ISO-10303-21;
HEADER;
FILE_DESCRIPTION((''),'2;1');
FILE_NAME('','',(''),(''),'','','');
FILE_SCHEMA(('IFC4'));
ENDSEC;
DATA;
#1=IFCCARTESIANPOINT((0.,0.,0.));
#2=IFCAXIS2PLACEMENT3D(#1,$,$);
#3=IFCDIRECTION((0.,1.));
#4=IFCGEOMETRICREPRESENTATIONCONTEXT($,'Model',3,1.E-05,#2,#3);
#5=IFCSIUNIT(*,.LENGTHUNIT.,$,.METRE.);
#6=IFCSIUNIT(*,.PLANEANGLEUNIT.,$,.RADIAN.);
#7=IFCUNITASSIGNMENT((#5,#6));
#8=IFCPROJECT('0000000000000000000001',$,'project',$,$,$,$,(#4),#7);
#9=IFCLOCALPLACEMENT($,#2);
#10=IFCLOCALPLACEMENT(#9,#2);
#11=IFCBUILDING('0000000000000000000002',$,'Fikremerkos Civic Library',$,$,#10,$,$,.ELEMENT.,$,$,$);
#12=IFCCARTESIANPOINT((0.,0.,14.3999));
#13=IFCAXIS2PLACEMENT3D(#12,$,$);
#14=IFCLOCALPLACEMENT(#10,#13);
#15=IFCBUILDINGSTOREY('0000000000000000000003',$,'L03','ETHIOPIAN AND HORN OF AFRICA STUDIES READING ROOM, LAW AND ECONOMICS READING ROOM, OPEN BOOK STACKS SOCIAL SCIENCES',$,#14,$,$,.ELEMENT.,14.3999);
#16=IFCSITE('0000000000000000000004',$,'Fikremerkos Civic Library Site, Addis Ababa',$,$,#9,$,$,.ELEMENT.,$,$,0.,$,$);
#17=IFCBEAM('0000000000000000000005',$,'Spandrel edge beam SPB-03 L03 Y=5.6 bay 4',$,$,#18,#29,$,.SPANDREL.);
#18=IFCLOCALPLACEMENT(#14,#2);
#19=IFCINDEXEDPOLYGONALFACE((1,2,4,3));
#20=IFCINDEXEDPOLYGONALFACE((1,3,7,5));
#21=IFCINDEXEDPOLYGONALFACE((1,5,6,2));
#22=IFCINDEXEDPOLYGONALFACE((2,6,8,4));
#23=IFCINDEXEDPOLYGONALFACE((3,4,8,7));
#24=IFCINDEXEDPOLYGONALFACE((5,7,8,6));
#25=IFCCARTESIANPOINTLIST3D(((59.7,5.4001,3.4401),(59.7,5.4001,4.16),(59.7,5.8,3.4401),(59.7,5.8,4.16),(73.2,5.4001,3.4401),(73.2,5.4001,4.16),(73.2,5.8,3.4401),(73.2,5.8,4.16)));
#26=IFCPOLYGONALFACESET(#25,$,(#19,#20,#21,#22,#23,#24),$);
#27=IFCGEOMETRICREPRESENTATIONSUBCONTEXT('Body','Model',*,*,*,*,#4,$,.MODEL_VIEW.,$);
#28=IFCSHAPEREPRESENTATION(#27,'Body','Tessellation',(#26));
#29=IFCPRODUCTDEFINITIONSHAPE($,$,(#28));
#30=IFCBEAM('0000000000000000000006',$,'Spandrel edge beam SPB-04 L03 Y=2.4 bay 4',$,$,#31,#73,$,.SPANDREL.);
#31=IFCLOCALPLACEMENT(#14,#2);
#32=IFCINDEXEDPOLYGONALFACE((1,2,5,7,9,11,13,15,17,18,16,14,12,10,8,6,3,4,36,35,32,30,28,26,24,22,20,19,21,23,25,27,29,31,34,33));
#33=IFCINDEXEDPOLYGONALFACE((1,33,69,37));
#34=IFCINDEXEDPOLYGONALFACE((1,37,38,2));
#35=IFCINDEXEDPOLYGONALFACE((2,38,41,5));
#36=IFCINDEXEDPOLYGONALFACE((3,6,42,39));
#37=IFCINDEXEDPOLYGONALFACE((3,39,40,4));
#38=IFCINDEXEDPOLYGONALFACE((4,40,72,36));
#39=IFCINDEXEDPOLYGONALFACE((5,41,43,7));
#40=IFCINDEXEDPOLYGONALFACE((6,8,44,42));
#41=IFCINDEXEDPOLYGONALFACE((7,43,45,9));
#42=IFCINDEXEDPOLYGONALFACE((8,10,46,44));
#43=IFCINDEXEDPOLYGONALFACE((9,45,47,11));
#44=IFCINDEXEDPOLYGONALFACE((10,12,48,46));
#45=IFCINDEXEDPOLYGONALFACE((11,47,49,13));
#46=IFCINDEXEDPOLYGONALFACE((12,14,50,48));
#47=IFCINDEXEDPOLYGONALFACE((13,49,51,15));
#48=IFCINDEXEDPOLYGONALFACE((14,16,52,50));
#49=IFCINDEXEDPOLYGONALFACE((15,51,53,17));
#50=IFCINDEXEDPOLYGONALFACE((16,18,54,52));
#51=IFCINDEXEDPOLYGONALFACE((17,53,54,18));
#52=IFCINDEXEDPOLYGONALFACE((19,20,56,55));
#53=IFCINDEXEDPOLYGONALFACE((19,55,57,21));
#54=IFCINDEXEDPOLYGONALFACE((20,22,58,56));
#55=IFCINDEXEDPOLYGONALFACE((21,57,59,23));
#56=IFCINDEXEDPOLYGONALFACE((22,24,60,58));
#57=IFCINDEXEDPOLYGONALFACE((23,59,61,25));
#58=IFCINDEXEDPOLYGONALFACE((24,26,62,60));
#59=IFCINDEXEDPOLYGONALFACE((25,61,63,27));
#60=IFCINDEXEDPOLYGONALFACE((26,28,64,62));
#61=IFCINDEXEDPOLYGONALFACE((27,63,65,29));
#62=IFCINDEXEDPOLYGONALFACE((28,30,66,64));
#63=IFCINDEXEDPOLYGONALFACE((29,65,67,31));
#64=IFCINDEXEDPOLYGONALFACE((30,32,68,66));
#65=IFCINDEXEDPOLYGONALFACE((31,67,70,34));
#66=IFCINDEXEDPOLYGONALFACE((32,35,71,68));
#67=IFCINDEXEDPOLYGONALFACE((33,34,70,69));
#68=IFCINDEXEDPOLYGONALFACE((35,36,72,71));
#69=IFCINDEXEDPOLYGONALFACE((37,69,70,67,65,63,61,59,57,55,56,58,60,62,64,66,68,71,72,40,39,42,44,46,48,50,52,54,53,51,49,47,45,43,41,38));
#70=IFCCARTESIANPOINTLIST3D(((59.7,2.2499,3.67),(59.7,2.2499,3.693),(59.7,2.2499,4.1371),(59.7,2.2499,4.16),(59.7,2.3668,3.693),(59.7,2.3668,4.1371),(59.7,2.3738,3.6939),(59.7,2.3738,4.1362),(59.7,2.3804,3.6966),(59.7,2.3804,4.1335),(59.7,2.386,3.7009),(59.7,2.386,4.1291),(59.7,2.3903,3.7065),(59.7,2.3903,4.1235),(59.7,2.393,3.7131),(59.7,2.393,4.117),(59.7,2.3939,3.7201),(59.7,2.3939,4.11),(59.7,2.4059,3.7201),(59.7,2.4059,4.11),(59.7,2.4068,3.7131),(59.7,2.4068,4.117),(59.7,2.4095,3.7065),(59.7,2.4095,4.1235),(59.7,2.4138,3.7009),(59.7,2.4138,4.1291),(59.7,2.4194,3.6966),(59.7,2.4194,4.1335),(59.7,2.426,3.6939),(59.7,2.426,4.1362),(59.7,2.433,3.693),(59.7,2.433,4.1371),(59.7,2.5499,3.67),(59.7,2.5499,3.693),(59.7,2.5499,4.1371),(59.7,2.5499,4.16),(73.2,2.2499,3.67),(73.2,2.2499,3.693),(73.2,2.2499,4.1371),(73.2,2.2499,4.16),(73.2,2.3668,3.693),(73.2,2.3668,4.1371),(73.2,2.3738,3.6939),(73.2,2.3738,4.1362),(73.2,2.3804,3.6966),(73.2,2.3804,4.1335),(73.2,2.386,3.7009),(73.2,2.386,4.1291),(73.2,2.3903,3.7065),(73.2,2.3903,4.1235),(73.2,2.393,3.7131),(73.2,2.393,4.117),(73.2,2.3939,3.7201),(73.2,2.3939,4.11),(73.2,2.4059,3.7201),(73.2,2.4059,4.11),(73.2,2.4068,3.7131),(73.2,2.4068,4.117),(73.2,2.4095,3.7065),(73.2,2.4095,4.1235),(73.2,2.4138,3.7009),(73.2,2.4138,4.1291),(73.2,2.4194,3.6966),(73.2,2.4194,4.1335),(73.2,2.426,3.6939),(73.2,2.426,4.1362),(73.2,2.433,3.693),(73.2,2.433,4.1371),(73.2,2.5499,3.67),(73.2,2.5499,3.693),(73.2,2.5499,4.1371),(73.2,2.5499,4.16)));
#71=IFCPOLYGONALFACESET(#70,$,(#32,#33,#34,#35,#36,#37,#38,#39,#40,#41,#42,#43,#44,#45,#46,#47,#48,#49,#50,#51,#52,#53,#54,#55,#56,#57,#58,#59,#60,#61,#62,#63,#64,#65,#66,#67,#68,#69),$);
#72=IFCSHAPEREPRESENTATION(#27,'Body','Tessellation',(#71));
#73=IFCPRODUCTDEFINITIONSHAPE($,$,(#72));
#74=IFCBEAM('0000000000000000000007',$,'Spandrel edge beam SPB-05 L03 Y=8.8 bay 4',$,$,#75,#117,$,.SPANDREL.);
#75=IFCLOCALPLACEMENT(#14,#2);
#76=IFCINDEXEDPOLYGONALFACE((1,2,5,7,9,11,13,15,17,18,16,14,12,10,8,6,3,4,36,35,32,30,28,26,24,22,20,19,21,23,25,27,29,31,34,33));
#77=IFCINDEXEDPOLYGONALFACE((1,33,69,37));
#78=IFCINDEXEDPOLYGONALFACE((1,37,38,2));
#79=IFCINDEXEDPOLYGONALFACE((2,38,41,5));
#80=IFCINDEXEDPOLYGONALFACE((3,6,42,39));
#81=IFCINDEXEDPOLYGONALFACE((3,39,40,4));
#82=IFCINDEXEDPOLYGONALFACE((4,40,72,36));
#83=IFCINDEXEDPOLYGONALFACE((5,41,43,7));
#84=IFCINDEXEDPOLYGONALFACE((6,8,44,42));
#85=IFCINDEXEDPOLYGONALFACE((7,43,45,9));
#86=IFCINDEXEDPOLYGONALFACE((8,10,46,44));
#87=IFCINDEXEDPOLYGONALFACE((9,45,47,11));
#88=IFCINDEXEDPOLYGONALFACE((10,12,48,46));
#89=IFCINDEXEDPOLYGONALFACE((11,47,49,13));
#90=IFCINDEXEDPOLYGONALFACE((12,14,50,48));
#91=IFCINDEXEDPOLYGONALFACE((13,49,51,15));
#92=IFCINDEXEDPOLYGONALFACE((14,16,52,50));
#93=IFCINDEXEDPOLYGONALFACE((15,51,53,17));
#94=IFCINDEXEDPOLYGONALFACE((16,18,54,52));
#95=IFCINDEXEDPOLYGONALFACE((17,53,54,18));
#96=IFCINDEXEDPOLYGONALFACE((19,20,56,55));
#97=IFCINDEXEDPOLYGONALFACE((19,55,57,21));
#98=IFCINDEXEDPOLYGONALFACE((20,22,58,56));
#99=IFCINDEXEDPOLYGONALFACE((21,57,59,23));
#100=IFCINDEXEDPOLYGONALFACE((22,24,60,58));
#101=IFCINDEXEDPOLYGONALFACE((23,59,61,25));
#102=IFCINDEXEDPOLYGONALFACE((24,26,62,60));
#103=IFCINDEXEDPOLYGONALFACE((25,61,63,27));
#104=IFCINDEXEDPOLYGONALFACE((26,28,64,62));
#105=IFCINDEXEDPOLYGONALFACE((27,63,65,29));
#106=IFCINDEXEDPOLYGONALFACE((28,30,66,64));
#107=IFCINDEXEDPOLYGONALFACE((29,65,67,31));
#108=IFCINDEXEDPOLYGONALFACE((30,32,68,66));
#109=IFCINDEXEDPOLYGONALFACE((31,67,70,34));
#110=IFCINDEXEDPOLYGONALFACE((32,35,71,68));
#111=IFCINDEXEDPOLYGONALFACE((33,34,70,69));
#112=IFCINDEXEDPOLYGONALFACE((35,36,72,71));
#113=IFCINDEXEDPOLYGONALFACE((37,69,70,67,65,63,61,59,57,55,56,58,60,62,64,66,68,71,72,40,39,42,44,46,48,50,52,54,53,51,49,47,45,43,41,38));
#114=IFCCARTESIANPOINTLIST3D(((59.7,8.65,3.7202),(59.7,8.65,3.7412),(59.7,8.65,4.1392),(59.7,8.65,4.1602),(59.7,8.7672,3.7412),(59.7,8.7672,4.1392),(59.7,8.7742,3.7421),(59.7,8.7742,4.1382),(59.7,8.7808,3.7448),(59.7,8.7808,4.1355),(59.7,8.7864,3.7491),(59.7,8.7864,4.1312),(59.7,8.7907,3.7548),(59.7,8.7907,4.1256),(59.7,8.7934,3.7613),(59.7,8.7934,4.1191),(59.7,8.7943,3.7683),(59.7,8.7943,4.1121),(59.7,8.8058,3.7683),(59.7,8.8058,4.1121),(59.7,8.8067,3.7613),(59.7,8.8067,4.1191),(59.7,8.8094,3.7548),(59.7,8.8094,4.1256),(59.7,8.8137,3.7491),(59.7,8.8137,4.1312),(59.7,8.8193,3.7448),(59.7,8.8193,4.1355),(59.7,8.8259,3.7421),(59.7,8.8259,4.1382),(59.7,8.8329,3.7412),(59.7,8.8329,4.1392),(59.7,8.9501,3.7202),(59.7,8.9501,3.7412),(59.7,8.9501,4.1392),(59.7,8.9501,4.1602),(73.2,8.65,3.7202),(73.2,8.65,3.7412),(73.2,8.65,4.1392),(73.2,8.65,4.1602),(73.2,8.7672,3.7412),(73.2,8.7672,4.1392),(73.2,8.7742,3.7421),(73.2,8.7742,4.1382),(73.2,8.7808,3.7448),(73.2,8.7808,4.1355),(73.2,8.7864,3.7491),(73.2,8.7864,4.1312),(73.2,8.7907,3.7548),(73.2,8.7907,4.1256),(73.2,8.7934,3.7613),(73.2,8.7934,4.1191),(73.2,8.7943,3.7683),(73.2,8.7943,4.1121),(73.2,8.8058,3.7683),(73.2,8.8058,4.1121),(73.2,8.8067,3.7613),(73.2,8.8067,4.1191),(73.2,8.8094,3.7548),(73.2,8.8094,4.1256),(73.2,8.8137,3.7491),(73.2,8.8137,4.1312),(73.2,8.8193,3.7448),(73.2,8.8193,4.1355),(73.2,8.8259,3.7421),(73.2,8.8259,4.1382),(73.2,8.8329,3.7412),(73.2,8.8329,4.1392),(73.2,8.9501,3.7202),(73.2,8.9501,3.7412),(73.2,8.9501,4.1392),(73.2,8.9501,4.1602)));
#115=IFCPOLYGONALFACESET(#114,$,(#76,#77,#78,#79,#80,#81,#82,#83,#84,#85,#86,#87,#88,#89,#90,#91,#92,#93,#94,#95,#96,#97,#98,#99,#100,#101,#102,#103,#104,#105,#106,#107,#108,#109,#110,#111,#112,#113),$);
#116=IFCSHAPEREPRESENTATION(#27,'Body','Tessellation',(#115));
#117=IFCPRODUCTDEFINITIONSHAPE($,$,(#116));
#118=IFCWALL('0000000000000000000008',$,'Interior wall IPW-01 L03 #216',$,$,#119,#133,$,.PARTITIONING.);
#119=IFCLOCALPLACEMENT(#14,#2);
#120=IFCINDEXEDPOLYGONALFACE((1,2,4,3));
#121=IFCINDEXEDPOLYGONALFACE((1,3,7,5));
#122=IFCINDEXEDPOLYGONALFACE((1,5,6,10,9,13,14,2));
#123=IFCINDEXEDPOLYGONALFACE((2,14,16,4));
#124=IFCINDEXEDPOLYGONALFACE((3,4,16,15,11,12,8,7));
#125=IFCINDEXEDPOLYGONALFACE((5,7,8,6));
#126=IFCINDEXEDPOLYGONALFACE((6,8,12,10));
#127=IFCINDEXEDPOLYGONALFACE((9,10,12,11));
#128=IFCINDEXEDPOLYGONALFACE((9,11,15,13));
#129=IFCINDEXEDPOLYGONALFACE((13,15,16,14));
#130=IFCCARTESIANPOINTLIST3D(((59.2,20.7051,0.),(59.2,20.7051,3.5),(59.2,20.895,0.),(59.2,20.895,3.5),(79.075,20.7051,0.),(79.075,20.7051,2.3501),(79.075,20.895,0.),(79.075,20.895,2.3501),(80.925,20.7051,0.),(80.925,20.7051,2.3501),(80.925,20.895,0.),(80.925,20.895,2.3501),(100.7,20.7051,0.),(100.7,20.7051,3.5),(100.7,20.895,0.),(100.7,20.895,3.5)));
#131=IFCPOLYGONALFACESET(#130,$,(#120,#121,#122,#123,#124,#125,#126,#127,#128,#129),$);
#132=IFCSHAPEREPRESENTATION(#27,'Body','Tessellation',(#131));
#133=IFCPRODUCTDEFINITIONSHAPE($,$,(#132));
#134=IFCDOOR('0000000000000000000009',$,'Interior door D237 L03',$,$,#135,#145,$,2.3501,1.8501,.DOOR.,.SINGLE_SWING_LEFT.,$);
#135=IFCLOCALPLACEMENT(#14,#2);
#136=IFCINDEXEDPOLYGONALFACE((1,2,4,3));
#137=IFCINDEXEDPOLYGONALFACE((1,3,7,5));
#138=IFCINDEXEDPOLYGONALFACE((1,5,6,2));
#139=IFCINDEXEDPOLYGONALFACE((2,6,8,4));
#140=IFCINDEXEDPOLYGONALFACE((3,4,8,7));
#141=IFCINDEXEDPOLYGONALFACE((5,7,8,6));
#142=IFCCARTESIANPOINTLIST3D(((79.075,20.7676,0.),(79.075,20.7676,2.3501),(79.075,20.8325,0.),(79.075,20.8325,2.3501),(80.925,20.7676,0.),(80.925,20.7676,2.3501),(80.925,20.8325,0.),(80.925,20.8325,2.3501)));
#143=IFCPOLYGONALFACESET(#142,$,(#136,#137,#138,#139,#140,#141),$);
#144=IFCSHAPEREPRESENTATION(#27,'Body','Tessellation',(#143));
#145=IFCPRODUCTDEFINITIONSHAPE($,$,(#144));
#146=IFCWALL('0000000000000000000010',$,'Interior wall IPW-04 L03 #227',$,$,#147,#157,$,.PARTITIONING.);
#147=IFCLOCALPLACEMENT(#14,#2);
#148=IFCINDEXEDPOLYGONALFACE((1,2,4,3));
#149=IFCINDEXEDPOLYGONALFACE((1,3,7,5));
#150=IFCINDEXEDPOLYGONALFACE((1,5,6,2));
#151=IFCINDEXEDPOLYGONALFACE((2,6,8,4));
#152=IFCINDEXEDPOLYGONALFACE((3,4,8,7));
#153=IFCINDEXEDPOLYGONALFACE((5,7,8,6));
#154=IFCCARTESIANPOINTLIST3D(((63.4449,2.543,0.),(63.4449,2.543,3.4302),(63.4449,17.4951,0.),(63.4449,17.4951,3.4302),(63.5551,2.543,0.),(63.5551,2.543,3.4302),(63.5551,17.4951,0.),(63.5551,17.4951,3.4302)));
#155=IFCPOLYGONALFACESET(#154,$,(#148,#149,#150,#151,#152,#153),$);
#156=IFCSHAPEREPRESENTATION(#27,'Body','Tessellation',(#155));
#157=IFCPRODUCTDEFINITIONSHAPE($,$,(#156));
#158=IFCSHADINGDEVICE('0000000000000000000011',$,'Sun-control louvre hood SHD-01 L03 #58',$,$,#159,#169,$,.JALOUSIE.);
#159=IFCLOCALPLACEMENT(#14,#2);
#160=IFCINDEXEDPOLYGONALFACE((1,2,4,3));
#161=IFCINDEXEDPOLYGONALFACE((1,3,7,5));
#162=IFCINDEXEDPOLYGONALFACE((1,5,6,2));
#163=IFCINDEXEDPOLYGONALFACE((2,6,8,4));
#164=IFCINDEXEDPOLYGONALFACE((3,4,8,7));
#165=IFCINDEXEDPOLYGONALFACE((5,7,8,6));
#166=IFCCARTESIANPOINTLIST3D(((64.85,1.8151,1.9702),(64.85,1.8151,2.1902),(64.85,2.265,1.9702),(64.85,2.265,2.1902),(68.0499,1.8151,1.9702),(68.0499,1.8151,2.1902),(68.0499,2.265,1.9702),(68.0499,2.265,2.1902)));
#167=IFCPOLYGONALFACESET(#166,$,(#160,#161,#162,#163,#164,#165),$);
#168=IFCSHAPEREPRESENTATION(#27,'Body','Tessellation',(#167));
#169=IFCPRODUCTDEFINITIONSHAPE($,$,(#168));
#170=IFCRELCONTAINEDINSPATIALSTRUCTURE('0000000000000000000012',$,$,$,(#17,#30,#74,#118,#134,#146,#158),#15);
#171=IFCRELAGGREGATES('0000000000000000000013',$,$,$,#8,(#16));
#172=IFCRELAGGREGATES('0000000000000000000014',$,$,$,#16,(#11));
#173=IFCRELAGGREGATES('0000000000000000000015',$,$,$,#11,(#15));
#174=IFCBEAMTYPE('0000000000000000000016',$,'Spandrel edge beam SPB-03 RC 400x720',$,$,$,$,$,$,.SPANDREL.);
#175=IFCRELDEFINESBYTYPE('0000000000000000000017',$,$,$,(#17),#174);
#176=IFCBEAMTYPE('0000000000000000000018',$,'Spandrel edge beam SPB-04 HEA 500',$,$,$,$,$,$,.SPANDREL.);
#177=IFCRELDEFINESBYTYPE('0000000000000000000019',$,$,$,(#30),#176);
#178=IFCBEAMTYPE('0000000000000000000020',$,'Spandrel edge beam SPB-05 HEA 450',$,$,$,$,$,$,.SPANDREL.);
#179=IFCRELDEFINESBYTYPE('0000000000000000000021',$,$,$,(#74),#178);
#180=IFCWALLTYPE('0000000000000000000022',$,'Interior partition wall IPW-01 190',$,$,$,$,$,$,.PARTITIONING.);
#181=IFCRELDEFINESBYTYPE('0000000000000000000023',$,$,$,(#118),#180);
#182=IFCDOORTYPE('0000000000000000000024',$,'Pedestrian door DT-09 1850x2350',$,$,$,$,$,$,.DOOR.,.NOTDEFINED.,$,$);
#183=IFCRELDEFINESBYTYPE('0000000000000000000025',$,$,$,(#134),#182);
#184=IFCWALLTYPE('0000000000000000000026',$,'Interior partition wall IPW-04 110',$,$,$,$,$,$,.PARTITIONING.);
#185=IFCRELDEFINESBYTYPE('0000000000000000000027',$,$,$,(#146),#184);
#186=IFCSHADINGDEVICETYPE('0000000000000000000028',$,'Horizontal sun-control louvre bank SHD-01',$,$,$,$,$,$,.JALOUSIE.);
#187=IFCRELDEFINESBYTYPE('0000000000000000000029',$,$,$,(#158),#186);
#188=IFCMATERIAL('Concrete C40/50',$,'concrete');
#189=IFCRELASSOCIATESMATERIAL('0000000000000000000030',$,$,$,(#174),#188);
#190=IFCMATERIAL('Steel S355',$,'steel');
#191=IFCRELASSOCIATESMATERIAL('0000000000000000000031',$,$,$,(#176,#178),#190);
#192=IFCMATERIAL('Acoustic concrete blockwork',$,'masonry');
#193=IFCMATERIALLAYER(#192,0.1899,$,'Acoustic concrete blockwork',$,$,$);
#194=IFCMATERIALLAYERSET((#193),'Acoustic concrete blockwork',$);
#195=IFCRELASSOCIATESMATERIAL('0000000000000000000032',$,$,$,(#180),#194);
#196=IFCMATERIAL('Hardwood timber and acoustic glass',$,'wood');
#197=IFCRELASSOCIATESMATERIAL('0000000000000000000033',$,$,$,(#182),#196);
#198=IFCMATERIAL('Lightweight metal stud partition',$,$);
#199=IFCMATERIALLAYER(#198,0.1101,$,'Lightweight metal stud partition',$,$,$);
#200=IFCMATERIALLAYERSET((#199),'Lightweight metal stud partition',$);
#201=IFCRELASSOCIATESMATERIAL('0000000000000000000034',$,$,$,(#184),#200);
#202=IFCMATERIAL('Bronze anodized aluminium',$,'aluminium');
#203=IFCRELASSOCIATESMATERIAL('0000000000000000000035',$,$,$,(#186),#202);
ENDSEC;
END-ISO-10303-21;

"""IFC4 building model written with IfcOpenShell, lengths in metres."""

from ifc_helpers import new_model, si_unit, direction, frame, frame_2d, origin, origin_2d, place, context, subcontext, project, spatial, rectangle, i_section, extrude, material, layer, layer_set, material_profile, profile_set, type_object, element, fill, save


model = new_model("IFC4")

# Units and contexts
model_context = context("Model", 3, precision=1e-05, world=origin(), true_north=direction((0.0, 1.0)))
body_context = subcontext(model_context, "Body", "Model", "MODEL_VIEW")
ifc_project = project(units=[si_unit("LENGTHUNIT", "METRE"), si_unit("PLANEANGLEUNIT", "RADIAN")], contexts=[model_context])

# Site, building, storey
site_placement = place(None, origin())
site = spatial("IfcSite", under=ifc_project, at=site_placement, Name="Fikremerkos Civic Library Site, Addis Ababa", CompositionType="ELEMENT", RefElevation=0.0)
building_placement = place(site_placement, origin())
building = spatial("IfcBuilding", under=site, at=building_placement, Name="Fikremerkos Civic Library", CompositionType="ELEMENT")
storey_placement = place(building_placement, frame((0.0, 0.0, 14.3999)))
storey = spatial("IfcBuildingStorey", under=building, at=storey_placement, Name="L03", Description="ETHIOPIAN AND HORN OF AFRICA STUDIES READING ROOM, LAW AND ECONOMICS READING ROOM, OPEN BOOK STACKS SOCIAL SCIENCES", CompositionType="ELEMENT", Elevation=14.3999)

# Shared definitions
ifc_material_1 = material(Name="Concrete C40/50", Category="concrete")

# Shared definitions
ifc_material_2 = material(Name="Steel S355", Category="steel")

# Beams
ifc_material_profile_1 = material_profile(ifc_material_1, rectangle(XDim=0.3999, YDim=0.72, at=origin_2d()), Name="RC 400x720")
ifc_profile_set_1 = profile_set([ifc_material_profile_1], Name="Concrete C40/50")
beam_type_1 = type_object("IfcBeamType", Name="Spandrel edge beam SPB-03 RC 400x720", PredefinedType="SPANDREL", material=ifc_profile_set_1)
beam_1_placement = place(storey_placement, frame((59.7, 5.6001, 3.8), z_axis=(1.0, 0.0, 0.0), x_axis=(0.0, 1.0, 0.0)))
element("IfcBeam", 1, at=beam_1_placement, inside=storey, type_object=beam_type_1, Name="Spandrel edge beam SPB-03 L03 Y=5.6 bay 4", PredefinedType="SPANDREL", context=body_context, shape_type="SweptSolid", body=[
    extrude(rectangle(XDim=0.3999, YDim=0.72, at=origin_2d()), origin(), (0.0, 0.0, 1.0), 13.5),
])
ifc_material_profile_2 = material_profile(ifc_material_2, i_section(OverallWidth=0.3, OverallDepth=0.49, WebThickness=0.012, FlangeThickness=0.0229, FilletRadius=0.0271, at=origin_2d()), Name="HEA 500")
ifc_profile_set_2 = profile_set([ifc_material_profile_2], Name="Steel S355")
beam_type_2 = type_object("IfcBeamType", Name="Spandrel edge beam SPB-04 HEA 500", PredefinedType="SPANDREL", material=ifc_profile_set_2)
beam_2_placement = place(storey_placement, frame((59.7, 2.3999, 3.915), z_axis=(1.0, 0.0, 0.0), x_axis=(0.0, 1.0, 0.0)))
element("IfcBeam", 2, at=beam_2_placement, inside=storey, type_object=beam_type_2, Name="Spandrel edge beam SPB-04 L03 Y=2.4 bay 4", PredefinedType="SPANDREL", context=body_context, shape_type="SweptSolid", body=[
    extrude(i_section(OverallWidth=0.3, OverallDepth=0.49, WebThickness=0.012, FlangeThickness=0.0229, FilletRadius=0.0271, at=origin_2d()), origin(), (0.0, 0.0, 1.0), 13.5),
])
ifc_material_profile_3 = material_profile(ifc_material_2, i_section(OverallWidth=0.3, OverallDepth=0.4399, WebThickness=0.0115, FlangeThickness=0.021, FilletRadius=0.0271, at=origin_2d()), Name="HEA 450")
ifc_profile_set_3 = profile_set([ifc_material_profile_3], Name="Steel S355")
beam_type_3 = type_object("IfcBeamType", Name="Spandrel edge beam SPB-05 HEA 450", PredefinedType="SPANDREL", material=ifc_profile_set_3)
beam_3_placement = place(storey_placement, frame((59.7, 8.8, 3.9402), z_axis=(1.0, 0.0, 0.0), x_axis=(0.0, 1.0, 0.0)))
element("IfcBeam", 3, at=beam_3_placement, inside=storey, type_object=beam_type_3, Name="Spandrel edge beam SPB-05 L03 Y=8.8 bay 4", PredefinedType="SPANDREL", context=body_context, shape_type="SweptSolid", body=[
    extrude(i_section(OverallWidth=0.3, OverallDepth=0.4399, WebThickness=0.0115, FlangeThickness=0.021, FilletRadius=0.0271, at=origin_2d()), origin(), (0.0, 0.0, 1.0), 13.5),
])

# Wall, opening, door
ifc_material_3 = material(Name="Acoustic concrete blockwork", Category="masonry")
ifc_layer_1 = layer(ifc_material_3, 0.1899, Name="Acoustic concrete blockwork")
ifc_layer_set_1 = layer_set([ifc_layer_1], Name="Acoustic concrete blockwork")
wall_type_1 = type_object("IfcWallType", Name="Interior partition wall IPW-01 190", PredefinedType="PARTITIONING", material=ifc_layer_set_1)
wall_1_placement = place(storey_placement, frame((59.2, 20.8, 0.0), z_axis=(0.0, 0.0, 1.0), x_axis=(1.0, 0.0, 0.0)))
wall_1 = element("IfcWall", 4, at=wall_1_placement, inside=storey, type_object=wall_type_1, Name="Interior wall IPW-01 L03 #216", PredefinedType="PARTITIONING", context=body_context, shape_type="SweptSolid", body=[
    extrude(rectangle(XDim=41.5, YDim=0.1899, at=frame_2d((20.75, 0.0))), origin(), (0.0, 0.0, 1.0), 3.5),
])
opening_1_placement = place(wall_1_placement, frame((19.875, 0.0, 0.0)))
opening_1 = element("IfcOpeningElement", 5, at=opening_1_placement, cuts=wall_1, PredefinedType="OPENING", context=body_context, shape_type="SweptSolid", body=[
    extrude(rectangle(XDim=1.8501, YDim=2.3501, at=frame_2d((0.925, 1.175))), frame((0.0, 0.105, 0.0), z_axis=(0.0, -1.0, 0.0), x_axis=(1.0, 0.0, 0.0)), (0.0, 0.0, 1.0), 0.21),
])
ifc_material_4 = material(Name="Hardwood timber and acoustic glass", Category="wood")
door_type = type_object("IfcDoorType", Name="Pedestrian door DT-09 1850x2350", OperationType="NOTDEFINED", PredefinedType="DOOR", material=ifc_material_4)
door_placement = place(opening_1_placement, origin())
door = element("IfcDoor", 6, at=door_placement, inside=storey, type_object=door_type, Name="Interior door D237 L03", OperationType="SINGLE_SWING_LEFT", OverallHeight=2.3501, OverallWidth=1.8501, PredefinedType="DOOR", context=body_context, shape_type="SweptSolid", body=[
    extrude(rectangle(XDim=1.8501, YDim=2.3501, at=frame_2d((0.925, 1.175))), frame((0.0, 0.0325, 0.0), z_axis=(0.0, -1.0, 0.0), x_axis=(1.0, 0.0, 0.0)), (0.0, 0.0, 1.0), 0.0649),
])
fill(opening_1, door)

# Wall
ifc_material_5 = material(Name="Lightweight metal stud partition")
ifc_layer_2 = layer(ifc_material_5, 0.1101, Name="Lightweight metal stud partition")
ifc_layer_set_2 = layer_set([ifc_layer_2], Name="Lightweight metal stud partition")
wall_type_2 = type_object("IfcWallType", Name="Interior partition wall IPW-04 110", PredefinedType="PARTITIONING", material=ifc_layer_set_2)
wall_2_placement = place(storey_placement, frame((63.5, 2.543, 0.0), z_axis=(0.0, 0.0, 1.0), x_axis=(0.0, 1.0, 0.0)))
element("IfcWall", 7, at=wall_2_placement, inside=storey, type_object=wall_type_2, Name="Interior wall IPW-04 L03 #227", PredefinedType="PARTITIONING", context=body_context, shape_type="SweptSolid", body=[
    extrude(rectangle(XDim=14.9521, YDim=0.1101, at=frame_2d((7.4761, 0.0))), origin(), (0.0, 0.0, 1.0), 3.4302),
])

# Shading device
ifc_material_6 = material(Name="Bronze anodized aluminium", Category="aluminium")
shading_device_type = type_object("IfcShadingDeviceType", Name="Horizontal sun-control louvre bank SHD-01", PredefinedType="JALOUSIE", material=ifc_material_6)
shading_device_placement = place(storey_placement, frame((66.45, 2.04, 1.9702), z_axis=(0.0, 0.0, 1.0), x_axis=(1.0, 0.0, 0.0)))
element("IfcShadingDevice", 8, at=shading_device_placement, inside=storey, type_object=shading_device_type, Name="Sun-control louvre hood SHD-01 L03 #58", PredefinedType="JALOUSIE", context=body_context, shape_type="SweptSolid", body=[
    extrude(rectangle(XDim=3.2, YDim=0.45, at=origin_2d()), origin(), (0.0, 0.0, 1.0), 0.22),
])

save(model, "model.ifc")
